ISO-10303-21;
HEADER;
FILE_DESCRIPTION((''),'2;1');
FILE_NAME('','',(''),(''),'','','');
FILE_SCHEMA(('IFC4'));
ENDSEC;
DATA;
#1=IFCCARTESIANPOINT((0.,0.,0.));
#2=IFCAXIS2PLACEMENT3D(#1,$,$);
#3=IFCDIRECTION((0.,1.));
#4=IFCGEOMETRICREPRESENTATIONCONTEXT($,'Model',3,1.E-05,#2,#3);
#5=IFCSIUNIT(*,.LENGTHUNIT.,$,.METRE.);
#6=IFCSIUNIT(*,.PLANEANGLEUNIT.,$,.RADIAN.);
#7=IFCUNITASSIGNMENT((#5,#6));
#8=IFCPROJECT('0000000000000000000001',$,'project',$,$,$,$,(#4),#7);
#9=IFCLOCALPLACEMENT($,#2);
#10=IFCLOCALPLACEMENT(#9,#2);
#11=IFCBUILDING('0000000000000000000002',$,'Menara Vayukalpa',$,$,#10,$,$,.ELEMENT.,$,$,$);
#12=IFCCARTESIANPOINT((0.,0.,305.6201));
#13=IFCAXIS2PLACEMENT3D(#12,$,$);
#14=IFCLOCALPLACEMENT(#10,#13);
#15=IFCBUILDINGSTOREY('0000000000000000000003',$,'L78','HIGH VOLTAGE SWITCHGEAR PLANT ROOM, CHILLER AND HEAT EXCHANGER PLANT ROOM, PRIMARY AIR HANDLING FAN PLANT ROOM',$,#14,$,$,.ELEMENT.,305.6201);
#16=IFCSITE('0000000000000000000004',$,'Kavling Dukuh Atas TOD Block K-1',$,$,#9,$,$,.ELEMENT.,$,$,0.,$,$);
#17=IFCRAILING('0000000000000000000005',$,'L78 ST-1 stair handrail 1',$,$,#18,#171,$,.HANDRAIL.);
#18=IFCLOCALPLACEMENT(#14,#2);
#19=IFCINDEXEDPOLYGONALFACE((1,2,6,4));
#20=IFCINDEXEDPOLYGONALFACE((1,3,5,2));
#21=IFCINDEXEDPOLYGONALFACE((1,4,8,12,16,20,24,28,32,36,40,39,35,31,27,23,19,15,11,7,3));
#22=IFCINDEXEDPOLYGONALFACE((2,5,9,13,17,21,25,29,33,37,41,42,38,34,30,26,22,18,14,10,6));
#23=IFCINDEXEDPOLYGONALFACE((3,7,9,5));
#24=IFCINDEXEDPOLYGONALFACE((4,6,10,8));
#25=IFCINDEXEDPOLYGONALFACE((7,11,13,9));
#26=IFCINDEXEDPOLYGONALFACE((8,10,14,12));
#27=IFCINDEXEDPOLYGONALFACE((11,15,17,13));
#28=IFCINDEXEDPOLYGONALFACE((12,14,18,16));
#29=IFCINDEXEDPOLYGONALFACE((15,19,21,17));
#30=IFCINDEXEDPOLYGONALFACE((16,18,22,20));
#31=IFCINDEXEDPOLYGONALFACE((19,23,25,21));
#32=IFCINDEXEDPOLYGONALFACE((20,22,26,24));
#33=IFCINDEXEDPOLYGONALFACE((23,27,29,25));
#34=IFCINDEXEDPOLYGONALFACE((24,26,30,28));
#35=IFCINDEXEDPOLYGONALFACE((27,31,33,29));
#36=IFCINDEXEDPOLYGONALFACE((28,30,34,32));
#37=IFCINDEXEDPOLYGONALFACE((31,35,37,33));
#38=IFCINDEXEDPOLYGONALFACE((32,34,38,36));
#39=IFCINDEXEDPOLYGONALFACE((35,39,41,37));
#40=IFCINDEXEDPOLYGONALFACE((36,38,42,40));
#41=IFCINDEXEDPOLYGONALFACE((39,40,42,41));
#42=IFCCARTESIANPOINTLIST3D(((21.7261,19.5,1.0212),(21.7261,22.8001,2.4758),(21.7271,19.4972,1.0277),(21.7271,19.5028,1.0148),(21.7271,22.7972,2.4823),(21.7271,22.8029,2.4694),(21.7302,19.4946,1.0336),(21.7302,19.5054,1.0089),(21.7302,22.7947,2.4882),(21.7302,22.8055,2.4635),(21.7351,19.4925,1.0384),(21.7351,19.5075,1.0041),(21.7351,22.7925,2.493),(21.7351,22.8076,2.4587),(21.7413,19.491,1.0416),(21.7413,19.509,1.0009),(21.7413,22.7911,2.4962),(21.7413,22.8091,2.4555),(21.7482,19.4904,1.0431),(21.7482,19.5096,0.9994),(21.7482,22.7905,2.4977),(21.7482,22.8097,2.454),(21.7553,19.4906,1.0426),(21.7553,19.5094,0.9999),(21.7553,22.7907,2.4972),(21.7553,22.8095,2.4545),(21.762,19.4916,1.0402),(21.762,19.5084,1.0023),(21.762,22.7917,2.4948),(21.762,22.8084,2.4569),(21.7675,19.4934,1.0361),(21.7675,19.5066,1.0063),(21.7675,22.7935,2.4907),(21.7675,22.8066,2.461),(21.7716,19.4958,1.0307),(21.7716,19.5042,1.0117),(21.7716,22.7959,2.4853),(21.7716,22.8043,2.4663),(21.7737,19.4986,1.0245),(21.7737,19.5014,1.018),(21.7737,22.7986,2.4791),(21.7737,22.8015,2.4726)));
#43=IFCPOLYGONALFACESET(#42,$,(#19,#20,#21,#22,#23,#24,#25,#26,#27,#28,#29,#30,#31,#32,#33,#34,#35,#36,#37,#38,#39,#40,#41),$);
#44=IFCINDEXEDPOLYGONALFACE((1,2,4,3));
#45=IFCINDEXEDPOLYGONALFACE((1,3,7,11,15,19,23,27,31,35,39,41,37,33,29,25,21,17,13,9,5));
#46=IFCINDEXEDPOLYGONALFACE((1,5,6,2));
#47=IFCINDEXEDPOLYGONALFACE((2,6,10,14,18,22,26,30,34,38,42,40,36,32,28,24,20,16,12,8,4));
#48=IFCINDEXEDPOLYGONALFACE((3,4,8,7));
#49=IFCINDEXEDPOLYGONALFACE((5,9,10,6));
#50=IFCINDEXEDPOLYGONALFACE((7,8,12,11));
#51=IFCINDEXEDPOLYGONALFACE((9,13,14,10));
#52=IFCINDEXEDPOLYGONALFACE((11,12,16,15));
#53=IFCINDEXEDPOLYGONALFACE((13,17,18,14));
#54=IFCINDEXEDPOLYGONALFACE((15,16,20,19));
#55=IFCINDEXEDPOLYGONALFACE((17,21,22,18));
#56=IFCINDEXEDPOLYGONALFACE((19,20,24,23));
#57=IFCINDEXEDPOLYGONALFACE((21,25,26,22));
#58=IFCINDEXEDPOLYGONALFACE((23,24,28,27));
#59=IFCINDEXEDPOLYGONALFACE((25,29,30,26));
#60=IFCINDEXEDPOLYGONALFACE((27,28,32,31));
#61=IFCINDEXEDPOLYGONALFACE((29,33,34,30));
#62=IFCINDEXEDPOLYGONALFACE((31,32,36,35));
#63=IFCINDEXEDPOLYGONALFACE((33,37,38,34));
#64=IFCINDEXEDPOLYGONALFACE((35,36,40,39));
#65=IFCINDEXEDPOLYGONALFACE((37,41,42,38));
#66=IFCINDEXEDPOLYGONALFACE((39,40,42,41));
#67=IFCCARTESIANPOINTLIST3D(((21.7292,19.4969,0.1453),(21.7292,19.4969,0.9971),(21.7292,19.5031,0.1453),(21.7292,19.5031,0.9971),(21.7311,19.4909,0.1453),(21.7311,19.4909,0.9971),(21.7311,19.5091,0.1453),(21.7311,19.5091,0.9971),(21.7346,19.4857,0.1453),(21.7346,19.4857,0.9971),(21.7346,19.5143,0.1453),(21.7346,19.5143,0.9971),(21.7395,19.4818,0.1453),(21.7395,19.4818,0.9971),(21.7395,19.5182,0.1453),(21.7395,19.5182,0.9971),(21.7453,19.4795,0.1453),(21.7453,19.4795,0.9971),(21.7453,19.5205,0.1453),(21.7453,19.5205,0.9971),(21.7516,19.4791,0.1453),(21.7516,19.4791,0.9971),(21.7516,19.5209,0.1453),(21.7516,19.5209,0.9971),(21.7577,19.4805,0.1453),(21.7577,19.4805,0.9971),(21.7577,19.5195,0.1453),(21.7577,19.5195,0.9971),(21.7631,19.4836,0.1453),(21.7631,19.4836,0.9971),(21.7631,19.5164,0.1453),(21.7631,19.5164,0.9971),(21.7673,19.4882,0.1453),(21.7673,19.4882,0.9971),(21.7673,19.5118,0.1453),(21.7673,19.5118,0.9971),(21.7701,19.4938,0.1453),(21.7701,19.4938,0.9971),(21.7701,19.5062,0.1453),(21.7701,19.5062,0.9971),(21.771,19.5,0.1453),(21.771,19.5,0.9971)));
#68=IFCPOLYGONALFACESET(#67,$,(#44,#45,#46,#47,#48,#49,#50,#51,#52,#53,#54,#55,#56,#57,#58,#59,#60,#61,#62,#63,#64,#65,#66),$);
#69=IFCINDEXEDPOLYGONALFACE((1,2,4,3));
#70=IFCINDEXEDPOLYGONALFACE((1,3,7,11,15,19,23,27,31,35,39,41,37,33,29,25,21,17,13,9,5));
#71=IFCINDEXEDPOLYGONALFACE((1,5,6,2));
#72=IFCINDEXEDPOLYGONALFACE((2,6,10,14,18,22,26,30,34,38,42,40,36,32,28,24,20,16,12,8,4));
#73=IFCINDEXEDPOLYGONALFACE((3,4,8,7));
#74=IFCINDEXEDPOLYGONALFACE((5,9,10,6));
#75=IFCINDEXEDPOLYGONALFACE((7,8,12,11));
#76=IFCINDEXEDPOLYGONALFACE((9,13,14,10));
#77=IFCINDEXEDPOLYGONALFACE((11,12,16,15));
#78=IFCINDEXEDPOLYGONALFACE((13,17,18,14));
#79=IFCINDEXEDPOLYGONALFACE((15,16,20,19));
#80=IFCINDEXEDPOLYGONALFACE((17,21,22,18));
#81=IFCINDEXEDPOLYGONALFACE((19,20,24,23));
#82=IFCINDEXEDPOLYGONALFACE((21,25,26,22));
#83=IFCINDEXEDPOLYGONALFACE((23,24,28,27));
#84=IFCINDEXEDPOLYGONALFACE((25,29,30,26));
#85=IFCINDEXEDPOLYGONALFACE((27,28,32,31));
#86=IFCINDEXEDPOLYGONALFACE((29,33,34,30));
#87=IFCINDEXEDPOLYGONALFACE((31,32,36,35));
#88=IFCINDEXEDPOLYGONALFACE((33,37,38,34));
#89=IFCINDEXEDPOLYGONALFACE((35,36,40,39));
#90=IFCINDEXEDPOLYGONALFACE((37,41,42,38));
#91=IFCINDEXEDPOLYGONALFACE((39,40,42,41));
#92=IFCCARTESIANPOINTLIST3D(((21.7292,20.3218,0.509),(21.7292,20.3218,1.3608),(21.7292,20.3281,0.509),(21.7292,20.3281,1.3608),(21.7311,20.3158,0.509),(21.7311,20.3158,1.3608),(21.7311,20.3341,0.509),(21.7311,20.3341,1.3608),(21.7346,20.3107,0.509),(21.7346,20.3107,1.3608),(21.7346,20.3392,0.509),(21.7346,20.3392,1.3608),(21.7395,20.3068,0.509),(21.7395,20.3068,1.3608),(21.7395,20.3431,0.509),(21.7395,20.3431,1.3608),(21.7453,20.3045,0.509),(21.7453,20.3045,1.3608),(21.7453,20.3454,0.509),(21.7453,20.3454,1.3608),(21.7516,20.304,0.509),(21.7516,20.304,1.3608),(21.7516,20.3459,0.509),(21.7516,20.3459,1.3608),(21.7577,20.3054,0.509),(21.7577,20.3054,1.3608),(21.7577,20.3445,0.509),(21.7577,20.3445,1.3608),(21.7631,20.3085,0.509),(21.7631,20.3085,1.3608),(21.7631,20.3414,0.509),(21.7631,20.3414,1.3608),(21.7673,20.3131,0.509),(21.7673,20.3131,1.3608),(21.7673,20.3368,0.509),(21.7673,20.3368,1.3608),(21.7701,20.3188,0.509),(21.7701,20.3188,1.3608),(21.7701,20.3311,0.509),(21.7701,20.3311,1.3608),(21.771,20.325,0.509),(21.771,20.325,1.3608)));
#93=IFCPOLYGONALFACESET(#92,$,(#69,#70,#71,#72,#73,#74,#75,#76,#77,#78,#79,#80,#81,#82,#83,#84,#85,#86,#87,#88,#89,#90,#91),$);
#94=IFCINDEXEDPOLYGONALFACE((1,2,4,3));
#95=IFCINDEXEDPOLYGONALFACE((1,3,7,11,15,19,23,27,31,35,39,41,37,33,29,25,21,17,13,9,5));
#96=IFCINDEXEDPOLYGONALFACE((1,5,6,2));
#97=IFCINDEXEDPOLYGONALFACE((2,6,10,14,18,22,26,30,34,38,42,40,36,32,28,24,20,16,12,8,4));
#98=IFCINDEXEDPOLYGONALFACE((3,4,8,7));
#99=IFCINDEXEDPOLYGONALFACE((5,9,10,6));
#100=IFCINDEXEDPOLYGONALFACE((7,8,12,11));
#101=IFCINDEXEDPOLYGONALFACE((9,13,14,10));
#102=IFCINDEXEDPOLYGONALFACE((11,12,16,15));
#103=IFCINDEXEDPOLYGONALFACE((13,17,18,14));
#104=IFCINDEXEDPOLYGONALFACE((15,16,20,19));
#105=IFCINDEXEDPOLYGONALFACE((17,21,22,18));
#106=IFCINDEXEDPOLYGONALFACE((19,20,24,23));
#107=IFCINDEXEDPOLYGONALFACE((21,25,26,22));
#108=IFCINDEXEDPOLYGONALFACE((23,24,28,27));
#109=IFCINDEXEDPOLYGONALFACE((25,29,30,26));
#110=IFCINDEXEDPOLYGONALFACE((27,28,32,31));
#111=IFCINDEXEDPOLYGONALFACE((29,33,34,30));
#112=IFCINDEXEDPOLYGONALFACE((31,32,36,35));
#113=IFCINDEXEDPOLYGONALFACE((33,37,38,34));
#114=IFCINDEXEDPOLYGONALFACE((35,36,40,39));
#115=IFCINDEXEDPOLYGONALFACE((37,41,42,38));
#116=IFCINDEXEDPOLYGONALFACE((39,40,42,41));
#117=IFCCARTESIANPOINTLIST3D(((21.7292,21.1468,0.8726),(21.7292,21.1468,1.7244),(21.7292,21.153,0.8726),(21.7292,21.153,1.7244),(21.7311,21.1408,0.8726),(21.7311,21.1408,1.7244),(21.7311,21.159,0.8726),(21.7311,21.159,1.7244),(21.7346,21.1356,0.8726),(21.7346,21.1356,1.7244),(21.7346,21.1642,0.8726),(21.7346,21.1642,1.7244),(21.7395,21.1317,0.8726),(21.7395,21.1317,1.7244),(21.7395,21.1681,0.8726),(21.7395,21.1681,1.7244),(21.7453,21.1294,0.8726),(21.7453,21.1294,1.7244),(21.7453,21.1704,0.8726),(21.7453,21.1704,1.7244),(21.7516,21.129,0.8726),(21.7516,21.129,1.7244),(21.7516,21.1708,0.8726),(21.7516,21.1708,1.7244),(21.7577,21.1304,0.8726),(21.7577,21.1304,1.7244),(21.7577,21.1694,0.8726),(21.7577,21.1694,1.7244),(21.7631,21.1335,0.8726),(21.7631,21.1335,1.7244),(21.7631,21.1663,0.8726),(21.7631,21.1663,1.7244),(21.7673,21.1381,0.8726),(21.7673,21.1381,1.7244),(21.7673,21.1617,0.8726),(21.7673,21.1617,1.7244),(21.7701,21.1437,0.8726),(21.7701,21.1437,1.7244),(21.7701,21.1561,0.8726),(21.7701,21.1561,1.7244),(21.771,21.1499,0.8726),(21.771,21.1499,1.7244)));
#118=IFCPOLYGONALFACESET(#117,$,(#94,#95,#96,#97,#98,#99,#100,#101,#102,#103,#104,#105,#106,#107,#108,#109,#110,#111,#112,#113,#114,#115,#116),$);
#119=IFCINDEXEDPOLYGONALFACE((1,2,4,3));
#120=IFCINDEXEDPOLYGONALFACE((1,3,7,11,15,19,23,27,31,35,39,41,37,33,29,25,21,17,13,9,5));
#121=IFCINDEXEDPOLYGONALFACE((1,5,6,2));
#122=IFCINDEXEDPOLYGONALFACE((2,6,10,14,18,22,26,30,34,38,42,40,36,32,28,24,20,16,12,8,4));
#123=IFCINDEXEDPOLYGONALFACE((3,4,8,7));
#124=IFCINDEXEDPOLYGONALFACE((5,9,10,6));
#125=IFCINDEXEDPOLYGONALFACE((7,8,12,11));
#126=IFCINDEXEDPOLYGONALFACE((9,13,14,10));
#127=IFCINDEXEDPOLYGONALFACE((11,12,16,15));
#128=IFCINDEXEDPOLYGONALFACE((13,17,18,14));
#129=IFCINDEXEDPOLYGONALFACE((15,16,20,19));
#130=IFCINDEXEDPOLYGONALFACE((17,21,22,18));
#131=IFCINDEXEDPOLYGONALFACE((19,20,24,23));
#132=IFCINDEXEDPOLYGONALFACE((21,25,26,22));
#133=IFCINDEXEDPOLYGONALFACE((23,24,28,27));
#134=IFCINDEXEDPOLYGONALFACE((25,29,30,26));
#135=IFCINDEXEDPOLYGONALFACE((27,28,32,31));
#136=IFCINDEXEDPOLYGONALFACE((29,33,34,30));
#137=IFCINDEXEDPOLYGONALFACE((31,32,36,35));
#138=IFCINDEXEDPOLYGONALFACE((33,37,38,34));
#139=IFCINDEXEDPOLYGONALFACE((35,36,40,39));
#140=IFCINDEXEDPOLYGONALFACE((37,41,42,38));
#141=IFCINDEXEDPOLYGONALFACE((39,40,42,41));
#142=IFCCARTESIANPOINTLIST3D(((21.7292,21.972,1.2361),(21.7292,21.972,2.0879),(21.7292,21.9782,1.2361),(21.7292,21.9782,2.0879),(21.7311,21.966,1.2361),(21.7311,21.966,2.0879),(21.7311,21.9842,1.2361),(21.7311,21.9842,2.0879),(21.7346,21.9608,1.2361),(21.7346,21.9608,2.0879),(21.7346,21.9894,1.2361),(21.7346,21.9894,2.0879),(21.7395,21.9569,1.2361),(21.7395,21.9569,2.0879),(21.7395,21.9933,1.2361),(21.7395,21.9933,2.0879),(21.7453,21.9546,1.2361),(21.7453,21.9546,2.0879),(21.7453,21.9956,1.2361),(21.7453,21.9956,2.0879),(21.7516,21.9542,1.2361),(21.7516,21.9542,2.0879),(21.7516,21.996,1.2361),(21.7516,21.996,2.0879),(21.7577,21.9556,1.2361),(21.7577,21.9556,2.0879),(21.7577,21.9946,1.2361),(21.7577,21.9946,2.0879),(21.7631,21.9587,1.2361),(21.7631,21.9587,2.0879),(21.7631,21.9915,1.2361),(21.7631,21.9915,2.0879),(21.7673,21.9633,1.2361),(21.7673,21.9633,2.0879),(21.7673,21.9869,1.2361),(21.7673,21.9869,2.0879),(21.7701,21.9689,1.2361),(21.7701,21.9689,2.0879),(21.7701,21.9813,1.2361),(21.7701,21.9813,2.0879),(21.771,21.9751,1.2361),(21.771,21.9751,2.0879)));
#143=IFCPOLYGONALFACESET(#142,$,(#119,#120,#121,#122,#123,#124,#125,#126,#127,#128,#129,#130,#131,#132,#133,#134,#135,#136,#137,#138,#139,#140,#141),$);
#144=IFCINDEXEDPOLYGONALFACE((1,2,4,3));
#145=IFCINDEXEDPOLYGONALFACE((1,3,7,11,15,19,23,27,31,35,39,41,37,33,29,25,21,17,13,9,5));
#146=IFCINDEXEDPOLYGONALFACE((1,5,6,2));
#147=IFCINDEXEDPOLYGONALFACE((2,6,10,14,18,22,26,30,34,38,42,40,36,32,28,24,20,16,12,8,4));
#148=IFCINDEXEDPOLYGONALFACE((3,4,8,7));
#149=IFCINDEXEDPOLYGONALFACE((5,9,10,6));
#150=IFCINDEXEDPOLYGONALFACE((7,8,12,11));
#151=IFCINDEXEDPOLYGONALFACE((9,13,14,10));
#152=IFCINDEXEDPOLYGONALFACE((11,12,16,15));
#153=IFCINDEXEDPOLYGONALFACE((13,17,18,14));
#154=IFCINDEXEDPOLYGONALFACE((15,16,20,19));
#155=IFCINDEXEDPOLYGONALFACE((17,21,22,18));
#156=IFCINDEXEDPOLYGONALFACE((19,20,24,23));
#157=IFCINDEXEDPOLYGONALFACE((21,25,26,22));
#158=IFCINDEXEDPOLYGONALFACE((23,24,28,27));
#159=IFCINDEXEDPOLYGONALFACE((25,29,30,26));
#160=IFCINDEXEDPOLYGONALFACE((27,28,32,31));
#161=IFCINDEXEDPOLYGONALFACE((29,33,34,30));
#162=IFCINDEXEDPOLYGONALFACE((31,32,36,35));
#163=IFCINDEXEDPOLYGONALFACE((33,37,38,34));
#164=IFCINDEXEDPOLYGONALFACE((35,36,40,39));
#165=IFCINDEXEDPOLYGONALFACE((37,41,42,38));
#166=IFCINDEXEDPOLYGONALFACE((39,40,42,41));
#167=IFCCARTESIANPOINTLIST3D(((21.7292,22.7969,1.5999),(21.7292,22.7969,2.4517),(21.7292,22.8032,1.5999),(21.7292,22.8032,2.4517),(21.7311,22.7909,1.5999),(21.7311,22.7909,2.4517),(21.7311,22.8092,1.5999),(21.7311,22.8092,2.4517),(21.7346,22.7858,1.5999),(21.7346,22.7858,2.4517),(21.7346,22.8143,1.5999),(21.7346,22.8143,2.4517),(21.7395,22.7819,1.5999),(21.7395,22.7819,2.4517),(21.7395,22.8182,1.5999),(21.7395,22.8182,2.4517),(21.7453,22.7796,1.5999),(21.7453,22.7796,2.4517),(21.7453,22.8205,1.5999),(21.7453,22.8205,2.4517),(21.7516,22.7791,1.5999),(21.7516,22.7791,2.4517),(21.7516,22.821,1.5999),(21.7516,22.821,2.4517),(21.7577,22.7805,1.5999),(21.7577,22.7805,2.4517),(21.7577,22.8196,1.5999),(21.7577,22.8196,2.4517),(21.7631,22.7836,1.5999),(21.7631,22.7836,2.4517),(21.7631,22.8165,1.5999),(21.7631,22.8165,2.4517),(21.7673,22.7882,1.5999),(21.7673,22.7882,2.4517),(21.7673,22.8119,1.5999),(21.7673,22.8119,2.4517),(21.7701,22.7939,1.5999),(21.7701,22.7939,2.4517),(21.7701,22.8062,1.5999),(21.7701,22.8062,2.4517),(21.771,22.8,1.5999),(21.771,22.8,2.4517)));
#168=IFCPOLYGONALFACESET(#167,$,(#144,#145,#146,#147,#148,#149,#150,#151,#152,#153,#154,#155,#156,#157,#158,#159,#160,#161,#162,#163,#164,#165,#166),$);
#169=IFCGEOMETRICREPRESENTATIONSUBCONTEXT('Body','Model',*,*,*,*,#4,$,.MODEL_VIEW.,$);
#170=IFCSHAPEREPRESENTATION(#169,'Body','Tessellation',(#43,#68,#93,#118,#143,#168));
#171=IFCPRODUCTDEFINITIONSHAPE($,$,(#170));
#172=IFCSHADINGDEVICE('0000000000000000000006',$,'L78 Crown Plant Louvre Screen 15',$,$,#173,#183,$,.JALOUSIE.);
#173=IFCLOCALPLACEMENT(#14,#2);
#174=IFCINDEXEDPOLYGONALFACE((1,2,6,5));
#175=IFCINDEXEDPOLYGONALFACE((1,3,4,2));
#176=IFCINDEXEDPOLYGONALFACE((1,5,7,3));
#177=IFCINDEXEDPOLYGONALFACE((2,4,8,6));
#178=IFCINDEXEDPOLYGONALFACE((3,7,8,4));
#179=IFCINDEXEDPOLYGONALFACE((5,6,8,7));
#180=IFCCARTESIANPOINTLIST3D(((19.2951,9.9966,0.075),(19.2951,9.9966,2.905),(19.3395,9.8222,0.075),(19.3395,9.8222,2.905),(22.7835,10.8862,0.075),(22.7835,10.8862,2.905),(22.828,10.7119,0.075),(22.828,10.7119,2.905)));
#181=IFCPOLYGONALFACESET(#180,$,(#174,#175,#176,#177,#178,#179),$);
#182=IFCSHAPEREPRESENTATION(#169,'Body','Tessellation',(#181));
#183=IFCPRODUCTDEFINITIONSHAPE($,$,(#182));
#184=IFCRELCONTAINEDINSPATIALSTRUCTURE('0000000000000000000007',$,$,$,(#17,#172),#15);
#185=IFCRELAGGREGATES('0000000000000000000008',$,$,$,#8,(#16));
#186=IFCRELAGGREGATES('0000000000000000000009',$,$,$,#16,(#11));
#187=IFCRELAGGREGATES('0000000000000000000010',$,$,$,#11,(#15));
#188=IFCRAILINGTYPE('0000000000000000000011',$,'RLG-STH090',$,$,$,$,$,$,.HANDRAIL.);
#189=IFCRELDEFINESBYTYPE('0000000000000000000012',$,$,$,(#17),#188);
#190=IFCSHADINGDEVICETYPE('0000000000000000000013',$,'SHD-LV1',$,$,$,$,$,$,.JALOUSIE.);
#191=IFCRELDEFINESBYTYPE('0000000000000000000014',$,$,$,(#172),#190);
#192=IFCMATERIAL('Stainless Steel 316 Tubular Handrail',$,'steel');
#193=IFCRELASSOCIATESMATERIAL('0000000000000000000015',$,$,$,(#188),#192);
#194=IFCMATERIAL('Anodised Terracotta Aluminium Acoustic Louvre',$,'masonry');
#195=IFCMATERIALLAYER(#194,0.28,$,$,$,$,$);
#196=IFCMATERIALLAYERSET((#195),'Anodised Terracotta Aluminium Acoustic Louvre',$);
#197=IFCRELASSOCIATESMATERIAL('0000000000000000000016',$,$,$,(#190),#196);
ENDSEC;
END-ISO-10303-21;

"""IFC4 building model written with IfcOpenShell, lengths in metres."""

from ifc_helpers import new_model, si_unit, direction, frame, origin, origin_2d, place, context, subcontext, project, spatial, rectangle, circle, extrude, material, layer, layer_set, type_object, element, save


model = new_model("IFC4")

# Units and contexts
model_context = context("Model", 3, precision=1e-05, world=origin(), true_north=direction((0.0, 1.0)))
body_context = subcontext(model_context, "Body", "Model", "MODEL_VIEW")
ifc_project = project(units=[si_unit("LENGTHUNIT", "METRE"), si_unit("PLANEANGLEUNIT", "RADIAN")], contexts=[model_context])

# Site, building, storey
site_placement = place(None, origin())
site = spatial("IfcSite", under=ifc_project, at=site_placement, Name="Kavling Dukuh Atas TOD Block K-1", CompositionType="ELEMENT", RefElevation=0.0)
building_placement = place(site_placement, origin())
building = spatial("IfcBuilding", under=site, at=building_placement, Name="Menara Vayukalpa", CompositionType="ELEMENT")
storey_placement = place(building_placement, frame((0.0, 0.0, 305.6201)))
storey = spatial("IfcBuildingStorey", under=building, at=storey_placement, Name="L78", Description="HIGH VOLTAGE SWITCHGEAR PLANT ROOM, CHILLER AND HEAT EXCHANGER PLANT ROOM, PRIMARY AIR HANDLING FAN PLANT ROOM", CompositionType="ELEMENT", Elevation=305.6201)

# Railing
ifc_material_1 = material(Name="Stainless Steel 316 Tubular Handrail", Category="steel")
railing_type_1 = type_object("IfcRailingType", Name="RLG-STH090", PredefinedType="HANDRAIL", material=ifc_material_1)
railing_1_placement = place(storey_placement, frame((21.75, 19.5, 0.1453)))
element("IfcRailing", 1, at=railing_1_placement, inside=storey, type_object=railing_type_1, Name="L78 ST-1 stair handrail 1", PredefinedType="HANDRAIL", context=body_context, shape_type="SweptSolid", body=[
    extrude(circle(Radius=0.0239, at=origin_2d()), frame((0.0, 0.0, 0.876), z_axis=(0.0, 0.915052, 0.403335), x_axis=(-1.0, 0.0, 0.0)), (0.0, 0.0, 1.0), 3.6064),
    extrude(circle(Radius=0.021, at=origin_2d()), origin(), (0.0, 0.0, 1.0), 0.8518),
    extrude(circle(Radius=0.021, at=origin_2d()), frame((0.0, 0.825, 0.3638)), (0.0, 0.0, 1.0), 0.8518),
    extrude(circle(Radius=0.021, at=origin_2d()), frame((0.0, 1.6499, 0.7273)), (0.0, 0.0, 1.0), 0.8518),
    extrude(circle(Radius=0.021, at=origin_2d()), frame((0.0, 2.4751, 1.0908)), (0.0, 0.0, 1.0), 0.8518),
    extrude(circle(Radius=0.021, at=origin_2d()), frame((0.0, 3.3, 1.4546)), (0.0, 0.0, 1.0), 0.8518),
])

# Shading device
ifc_material_2 = material(Name="Anodised Terracotta Aluminium Acoustic Louvre", Category="masonry")
ifc_layer_1 = layer(ifc_material_2, 0.28)
ifc_layer_set_1 = layer_set([ifc_layer_1], Name="Anodised Terracotta Aluminium Acoustic Louvre")
shading_device_type = type_object("IfcShadingDeviceType", Name="SHD-LV1", PredefinedType="JALOUSIE", material=ifc_layer_set_1)
shading_device_placement = place(storey_placement, frame((21.0615, 10.3542, 0.075), z_axis=(0.0, 0.0, 1.0), x_axis=(0.968986, 0.247117, 0.0)))
element("IfcShadingDevice", 2, at=shading_device_placement, inside=storey, type_object=shading_device_type, Name="L78 Crown Plant Louvre Screen 15", PredefinedType="JALOUSIE", context=body_context, shape_type="SweptSolid", body=[
    extrude(rectangle(XDim=3.6001, YDim=0.1799, at=origin_2d()), origin(), (0.0, 0.0, 1.0), 2.8301),
])

save(model, "model.ifc")
